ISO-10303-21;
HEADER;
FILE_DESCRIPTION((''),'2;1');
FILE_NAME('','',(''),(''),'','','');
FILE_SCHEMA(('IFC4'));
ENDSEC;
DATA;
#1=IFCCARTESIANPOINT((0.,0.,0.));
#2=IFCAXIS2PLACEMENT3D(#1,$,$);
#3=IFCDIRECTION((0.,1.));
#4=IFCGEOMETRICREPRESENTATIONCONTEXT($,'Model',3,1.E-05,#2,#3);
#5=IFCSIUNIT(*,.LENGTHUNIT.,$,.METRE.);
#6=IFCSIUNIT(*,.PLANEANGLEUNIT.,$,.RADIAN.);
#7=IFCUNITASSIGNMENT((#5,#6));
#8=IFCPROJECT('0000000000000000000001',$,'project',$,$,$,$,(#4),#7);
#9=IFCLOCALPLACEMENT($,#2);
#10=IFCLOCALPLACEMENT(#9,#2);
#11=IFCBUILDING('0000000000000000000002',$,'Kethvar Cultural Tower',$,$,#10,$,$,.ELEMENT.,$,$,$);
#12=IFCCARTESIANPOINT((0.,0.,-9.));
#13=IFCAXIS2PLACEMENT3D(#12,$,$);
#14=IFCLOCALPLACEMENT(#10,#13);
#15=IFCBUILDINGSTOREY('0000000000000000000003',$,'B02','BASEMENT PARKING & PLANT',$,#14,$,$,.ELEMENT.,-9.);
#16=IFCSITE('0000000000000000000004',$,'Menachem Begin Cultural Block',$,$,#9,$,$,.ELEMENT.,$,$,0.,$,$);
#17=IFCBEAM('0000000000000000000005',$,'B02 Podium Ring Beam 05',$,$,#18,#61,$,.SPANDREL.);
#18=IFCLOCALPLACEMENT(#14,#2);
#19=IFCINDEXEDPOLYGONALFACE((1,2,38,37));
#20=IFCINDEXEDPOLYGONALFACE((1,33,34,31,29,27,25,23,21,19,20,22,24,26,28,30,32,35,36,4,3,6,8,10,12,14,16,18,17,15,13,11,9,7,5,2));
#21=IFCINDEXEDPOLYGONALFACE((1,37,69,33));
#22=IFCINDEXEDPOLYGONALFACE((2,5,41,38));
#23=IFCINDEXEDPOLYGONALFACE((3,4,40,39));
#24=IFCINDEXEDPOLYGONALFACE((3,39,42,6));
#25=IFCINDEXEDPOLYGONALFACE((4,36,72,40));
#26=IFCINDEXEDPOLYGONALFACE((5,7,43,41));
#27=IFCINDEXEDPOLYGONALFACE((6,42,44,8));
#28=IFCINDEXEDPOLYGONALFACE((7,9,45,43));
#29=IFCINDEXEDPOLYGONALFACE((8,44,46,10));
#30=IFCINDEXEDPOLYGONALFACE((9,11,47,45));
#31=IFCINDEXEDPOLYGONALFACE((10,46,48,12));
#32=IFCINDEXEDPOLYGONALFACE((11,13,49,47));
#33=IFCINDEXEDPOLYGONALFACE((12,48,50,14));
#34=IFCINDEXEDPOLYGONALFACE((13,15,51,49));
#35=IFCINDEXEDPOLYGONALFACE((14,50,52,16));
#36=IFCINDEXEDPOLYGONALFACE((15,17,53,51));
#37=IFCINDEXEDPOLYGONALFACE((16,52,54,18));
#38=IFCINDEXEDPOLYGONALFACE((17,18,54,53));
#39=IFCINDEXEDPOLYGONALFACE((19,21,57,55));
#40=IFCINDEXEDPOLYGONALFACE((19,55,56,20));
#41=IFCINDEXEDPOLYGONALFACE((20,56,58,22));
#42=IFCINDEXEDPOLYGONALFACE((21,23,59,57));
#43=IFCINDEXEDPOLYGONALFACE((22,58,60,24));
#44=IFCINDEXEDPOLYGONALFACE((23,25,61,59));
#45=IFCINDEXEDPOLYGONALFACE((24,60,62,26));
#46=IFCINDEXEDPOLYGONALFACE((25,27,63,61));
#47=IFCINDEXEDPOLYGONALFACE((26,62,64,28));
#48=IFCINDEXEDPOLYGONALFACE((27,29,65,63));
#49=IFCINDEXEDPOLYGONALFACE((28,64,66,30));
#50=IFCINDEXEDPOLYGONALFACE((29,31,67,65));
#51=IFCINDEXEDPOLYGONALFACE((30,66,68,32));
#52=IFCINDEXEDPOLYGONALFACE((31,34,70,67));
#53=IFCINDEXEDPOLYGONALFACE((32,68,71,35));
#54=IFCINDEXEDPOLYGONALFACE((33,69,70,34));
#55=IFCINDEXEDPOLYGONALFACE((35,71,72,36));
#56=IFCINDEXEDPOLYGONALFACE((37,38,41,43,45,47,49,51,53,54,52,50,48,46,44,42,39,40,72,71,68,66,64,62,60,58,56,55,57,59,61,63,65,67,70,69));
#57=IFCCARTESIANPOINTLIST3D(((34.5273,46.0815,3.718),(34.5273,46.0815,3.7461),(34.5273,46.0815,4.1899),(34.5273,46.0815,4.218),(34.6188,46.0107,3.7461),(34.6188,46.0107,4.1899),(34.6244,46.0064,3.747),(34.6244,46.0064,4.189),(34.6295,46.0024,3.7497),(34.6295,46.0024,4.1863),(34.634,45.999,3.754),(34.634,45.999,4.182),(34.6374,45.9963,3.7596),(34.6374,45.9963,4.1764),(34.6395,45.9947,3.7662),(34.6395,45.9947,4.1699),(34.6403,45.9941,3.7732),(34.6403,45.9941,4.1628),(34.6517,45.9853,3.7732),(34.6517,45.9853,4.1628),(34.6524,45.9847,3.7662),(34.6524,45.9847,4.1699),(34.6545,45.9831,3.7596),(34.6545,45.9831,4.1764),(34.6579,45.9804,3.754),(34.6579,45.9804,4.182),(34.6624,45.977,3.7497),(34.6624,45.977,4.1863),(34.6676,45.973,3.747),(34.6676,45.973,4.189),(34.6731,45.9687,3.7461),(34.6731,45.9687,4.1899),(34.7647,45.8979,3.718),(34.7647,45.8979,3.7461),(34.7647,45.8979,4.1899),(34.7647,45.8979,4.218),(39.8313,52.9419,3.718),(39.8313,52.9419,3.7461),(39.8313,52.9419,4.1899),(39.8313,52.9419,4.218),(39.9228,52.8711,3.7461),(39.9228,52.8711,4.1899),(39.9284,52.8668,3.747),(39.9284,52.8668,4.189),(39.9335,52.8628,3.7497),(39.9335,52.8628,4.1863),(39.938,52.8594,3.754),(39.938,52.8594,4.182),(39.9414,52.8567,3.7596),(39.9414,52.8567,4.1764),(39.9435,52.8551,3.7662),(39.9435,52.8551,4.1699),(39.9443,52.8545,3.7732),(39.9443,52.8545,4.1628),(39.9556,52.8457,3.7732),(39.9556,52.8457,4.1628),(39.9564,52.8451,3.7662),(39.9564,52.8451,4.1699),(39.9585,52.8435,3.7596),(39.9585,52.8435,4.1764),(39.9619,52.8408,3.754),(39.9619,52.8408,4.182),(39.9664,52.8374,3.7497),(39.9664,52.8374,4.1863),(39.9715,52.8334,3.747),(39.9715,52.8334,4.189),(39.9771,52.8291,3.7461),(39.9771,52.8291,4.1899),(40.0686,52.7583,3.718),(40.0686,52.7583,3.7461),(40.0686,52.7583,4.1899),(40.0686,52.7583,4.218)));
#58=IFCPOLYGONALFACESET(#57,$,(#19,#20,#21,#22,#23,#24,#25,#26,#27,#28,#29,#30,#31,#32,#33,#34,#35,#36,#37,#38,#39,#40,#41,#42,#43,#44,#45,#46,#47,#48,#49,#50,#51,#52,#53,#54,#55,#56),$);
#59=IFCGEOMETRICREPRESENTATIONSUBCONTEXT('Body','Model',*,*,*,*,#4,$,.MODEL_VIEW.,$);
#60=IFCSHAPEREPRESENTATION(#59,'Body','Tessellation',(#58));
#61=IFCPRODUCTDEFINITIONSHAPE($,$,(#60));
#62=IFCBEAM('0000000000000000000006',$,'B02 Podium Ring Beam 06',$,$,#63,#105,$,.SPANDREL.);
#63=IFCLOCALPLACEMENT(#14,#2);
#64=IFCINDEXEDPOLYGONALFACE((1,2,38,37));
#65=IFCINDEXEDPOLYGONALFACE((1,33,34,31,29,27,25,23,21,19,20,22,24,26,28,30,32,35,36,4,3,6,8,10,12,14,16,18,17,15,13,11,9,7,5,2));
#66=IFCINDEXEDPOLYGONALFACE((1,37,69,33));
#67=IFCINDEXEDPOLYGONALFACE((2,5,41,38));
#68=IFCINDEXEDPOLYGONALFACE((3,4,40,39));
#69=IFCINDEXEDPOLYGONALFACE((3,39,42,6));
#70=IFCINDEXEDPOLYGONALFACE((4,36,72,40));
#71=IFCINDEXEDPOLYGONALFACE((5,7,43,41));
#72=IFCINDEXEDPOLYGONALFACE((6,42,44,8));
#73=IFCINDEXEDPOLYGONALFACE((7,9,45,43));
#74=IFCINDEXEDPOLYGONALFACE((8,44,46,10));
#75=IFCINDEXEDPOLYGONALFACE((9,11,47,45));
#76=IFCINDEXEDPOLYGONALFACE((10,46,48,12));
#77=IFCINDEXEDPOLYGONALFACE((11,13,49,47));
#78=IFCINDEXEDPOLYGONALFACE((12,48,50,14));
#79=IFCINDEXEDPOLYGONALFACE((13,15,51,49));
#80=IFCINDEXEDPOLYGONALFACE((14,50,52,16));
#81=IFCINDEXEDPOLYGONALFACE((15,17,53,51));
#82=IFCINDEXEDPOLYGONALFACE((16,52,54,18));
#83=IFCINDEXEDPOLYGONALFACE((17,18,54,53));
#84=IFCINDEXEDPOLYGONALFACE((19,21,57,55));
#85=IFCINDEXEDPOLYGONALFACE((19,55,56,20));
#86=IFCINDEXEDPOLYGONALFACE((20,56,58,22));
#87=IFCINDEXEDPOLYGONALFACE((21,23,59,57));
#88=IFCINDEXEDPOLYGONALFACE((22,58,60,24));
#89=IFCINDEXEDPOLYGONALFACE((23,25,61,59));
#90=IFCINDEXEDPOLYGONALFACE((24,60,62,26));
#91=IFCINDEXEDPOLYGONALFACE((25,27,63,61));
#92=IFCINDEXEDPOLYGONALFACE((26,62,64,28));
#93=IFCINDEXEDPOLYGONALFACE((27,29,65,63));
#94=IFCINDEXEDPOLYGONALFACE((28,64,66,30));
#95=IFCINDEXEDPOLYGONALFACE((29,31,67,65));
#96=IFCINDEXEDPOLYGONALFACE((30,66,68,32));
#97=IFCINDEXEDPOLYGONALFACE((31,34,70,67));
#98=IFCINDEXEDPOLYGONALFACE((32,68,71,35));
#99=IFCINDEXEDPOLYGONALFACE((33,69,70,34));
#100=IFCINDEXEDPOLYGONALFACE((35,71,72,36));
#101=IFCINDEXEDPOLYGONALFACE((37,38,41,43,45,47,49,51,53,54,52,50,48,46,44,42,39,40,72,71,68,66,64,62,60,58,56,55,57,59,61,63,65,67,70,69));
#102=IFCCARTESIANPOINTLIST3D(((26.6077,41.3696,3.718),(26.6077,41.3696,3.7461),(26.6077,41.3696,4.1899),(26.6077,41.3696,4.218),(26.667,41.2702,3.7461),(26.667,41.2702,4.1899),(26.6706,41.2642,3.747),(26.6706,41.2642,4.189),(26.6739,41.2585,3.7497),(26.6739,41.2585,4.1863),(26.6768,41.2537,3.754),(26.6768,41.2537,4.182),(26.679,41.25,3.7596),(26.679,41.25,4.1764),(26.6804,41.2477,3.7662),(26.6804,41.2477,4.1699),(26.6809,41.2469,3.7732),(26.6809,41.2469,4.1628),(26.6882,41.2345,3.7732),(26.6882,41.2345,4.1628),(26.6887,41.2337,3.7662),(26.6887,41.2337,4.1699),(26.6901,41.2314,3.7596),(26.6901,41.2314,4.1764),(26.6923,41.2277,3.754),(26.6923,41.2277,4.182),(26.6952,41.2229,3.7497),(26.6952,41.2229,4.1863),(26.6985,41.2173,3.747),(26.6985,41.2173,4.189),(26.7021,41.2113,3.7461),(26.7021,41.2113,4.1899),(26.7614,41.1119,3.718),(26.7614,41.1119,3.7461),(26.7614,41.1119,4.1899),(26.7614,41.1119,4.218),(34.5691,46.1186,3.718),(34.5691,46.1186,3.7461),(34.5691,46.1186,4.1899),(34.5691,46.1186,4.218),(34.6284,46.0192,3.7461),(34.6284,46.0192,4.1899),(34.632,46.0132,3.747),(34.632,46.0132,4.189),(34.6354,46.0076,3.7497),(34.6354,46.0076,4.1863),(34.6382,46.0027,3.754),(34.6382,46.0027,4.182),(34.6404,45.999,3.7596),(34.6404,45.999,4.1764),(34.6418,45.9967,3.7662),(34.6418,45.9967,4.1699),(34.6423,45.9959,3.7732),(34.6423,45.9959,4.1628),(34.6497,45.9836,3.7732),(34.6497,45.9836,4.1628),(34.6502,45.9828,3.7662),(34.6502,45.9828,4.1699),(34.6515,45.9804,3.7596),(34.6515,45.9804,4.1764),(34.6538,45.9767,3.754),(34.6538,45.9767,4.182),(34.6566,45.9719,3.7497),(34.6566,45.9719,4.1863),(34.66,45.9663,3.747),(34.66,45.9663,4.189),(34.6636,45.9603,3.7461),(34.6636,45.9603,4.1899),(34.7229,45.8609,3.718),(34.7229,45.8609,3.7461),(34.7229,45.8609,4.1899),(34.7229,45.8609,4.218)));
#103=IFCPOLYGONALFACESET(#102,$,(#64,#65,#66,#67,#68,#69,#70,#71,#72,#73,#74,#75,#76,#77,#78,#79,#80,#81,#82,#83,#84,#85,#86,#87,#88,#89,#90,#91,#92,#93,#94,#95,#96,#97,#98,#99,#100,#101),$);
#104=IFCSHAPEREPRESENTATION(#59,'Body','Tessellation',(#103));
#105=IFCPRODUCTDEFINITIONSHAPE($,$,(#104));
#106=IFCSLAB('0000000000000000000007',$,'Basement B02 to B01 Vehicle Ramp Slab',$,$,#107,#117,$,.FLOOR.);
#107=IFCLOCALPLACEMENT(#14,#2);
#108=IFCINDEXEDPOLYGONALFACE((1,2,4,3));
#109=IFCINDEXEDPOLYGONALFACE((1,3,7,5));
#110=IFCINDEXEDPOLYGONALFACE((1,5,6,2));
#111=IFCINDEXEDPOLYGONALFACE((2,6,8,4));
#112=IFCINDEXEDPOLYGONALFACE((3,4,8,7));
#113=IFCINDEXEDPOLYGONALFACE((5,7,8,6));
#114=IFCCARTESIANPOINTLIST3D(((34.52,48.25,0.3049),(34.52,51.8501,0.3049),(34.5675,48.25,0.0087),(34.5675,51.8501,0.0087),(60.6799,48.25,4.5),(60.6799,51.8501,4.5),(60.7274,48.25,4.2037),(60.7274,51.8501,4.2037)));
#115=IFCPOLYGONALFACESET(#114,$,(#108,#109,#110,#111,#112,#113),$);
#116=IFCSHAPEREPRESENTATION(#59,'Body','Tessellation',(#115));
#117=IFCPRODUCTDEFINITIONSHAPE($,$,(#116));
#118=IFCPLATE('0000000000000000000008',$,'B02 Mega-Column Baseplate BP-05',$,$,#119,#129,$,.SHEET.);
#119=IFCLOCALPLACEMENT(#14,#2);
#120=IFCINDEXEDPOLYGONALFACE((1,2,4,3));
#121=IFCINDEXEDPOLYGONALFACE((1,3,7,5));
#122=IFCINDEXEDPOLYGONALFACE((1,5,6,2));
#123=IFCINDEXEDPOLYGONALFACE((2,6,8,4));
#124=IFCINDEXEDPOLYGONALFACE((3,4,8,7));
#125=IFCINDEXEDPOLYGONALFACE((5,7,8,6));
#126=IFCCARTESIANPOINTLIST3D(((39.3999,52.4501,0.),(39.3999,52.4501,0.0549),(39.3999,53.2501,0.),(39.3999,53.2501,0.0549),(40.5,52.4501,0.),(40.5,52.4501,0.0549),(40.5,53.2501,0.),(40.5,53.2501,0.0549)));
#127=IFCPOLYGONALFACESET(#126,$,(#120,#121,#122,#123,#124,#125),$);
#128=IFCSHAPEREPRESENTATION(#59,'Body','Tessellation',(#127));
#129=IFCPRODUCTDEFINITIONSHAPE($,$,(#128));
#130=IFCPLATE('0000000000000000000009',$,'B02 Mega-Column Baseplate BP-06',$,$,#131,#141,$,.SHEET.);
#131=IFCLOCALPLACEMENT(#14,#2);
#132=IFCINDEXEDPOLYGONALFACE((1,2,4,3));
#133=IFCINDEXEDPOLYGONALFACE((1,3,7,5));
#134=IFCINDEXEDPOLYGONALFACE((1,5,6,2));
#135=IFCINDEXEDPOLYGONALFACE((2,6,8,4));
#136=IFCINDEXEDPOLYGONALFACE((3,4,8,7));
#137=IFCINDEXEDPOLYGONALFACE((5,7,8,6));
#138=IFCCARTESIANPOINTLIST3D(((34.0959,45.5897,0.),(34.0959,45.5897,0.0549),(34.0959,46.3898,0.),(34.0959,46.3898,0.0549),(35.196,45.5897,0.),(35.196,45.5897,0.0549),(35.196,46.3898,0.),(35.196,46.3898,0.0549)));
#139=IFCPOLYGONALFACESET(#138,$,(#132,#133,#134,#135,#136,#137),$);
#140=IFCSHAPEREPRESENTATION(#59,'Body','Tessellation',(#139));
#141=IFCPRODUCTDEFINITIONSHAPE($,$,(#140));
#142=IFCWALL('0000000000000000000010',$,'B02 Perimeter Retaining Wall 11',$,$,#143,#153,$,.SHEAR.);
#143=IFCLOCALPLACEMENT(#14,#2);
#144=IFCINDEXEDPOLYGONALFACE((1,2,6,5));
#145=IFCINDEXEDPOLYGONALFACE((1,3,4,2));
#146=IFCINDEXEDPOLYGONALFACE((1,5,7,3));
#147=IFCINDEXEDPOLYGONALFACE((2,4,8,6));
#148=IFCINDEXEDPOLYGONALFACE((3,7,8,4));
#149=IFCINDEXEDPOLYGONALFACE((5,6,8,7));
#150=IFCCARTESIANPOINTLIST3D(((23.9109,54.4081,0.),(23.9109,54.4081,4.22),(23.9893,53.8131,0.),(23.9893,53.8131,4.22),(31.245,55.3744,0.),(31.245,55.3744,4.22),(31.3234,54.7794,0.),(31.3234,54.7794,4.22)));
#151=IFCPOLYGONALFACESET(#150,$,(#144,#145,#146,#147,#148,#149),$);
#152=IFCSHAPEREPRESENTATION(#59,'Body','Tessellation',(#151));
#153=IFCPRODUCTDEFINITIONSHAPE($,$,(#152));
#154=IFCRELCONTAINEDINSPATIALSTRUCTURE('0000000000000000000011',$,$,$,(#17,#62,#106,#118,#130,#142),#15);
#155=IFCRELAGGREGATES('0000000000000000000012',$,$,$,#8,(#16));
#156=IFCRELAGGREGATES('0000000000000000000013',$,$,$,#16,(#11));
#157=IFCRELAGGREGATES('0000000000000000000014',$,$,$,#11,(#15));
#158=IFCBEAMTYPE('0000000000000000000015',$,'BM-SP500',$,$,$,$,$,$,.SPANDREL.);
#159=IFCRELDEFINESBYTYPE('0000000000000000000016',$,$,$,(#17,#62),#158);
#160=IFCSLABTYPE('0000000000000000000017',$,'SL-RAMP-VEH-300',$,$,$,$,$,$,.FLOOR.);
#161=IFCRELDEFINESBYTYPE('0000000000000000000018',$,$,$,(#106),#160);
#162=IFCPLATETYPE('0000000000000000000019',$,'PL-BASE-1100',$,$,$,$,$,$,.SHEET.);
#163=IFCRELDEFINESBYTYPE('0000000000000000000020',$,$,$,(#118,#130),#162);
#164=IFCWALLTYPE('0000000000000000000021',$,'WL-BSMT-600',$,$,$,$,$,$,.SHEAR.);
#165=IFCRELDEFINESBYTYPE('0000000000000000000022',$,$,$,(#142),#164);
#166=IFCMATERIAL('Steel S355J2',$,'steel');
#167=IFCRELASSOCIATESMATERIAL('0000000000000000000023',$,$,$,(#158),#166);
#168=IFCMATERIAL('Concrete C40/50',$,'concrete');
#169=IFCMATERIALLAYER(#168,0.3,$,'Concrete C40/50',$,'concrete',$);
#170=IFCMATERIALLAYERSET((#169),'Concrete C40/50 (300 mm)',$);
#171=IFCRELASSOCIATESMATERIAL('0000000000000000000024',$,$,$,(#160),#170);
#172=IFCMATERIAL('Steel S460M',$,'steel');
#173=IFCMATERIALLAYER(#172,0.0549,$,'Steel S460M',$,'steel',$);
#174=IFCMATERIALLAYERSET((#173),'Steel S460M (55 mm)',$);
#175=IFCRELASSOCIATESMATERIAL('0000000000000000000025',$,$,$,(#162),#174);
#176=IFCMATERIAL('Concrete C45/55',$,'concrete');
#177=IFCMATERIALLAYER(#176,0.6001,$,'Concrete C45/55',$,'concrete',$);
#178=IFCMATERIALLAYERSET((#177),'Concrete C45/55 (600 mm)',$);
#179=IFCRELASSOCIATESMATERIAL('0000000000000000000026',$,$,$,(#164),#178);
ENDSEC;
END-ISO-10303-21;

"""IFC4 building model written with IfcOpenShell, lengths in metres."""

from ifc_helpers import new_model, si_unit, direction, frame, frame_2d, origin, origin_2d, place, context, subcontext, project, spatial, polyline, rectangle, i_section, outline, extrude, source, transform, mapped, material, layer, layer_set, material_profile, profile_set, type_object, element, save


model = new_model("IFC4")

# Units and contexts
model_context = context("Model", 3, precision=1e-05, world=origin(), true_north=direction((0.0, 1.0)))
body_context = subcontext(model_context, "Body", "Model", "MODEL_VIEW")
ifc_project = project(units=[si_unit("LENGTHUNIT", "METRE"), si_unit("PLANEANGLEUNIT", "RADIAN")], contexts=[model_context])

# Site, building, storey
site_placement = place(None, origin())
site = spatial("IfcSite", under=ifc_project, at=site_placement, Name="Menachem Begin Cultural Block", CompositionType="ELEMENT", RefElevation=0.0)
building_placement = place(site_placement, origin())
building = spatial("IfcBuilding", under=site, at=building_placement, Name="Kethvar Cultural Tower", CompositionType="ELEMENT")
storey_placement = place(building_placement, frame((0.0, 0.0, -9.0)))
storey = spatial("IfcBuildingStorey", under=building, at=storey_placement, Name="B02", Description="BASEMENT PARKING & PLANT", CompositionType="ELEMENT", Elevation=-9.0)

# Shared definitions
ifc_material_1 = material(Name="Concrete C45/55", Category="concrete")

# Shared definitions
ifc_material_2 = material(Name="Steel S460M", Category="steel")

# Beams
ifc_material_3 = material(Name="Steel S355J2", Category="steel")
ifc_material_profile_1 = material_profile(ifc_material_3, i_section(OverallWidth=0.3, OverallDepth=0.5, WebThickness=0.0144, FlangeThickness=0.0281, FilletRadius=0.0271, at=origin_2d()), Name="Steel S355J2 — HEB500")
ifc_profile_set_1 = profile_set([ifc_material_profile_1], Name="Steel S355J2 — HEB500")
beam_type = type_object("IfcBeamType", Name="BM-SP500", PredefinedType="SPANDREL", material=ifc_profile_set_1)
shared_shape_1 = source(origin(), body_context, "Body", "SweptSolid", [
    extrude(i_section(OverallWidth=0.3, OverallDepth=0.5, WebThickness=0.0144, FlangeThickness=0.0281, FilletRadius=0.0271, at=origin_2d()), origin(), (0.0, 0.0, 1.0), 8.6716),
])
beam_1_placement = place(storey_placement, frame((39.95, 52.8501, 3.968), z_axis=(-0.611648, -0.79113, 0.0), x_axis=(0.79113, -0.611648, 0.0)))
element("IfcBeam", 1, at=beam_1_placement, inside=storey, type_object=beam_type, Name="B02 Podium Ring Beam 05", PredefinedType="SPANDREL", context=body_context, shape_type="MappedRepresentation", body=[
    mapped(shared_shape_1, transform((0.0, 0.0, 0.0), scale=1.0)),
])
shared_shape_2 = source(origin(), body_context, "Body", "SweptSolid", [
    extrude(i_section(OverallWidth=0.3, OverallDepth=0.5, WebThickness=0.0144, FlangeThickness=0.0281, FilletRadius=0.0271, at=origin_2d()), origin(), (0.0, 0.0, 1.0), 9.2703),
])
beam_2_placement = place(storey_placement, frame((34.646, 45.9897, 3.968), z_axis=(-0.858815, -0.512286, 0.0), x_axis=(0.512286, -0.858815, 0.0)))
element("IfcBeam", 2, at=beam_2_placement, inside=storey, type_object=beam_type, Name="B02 Podium Ring Beam 06", PredefinedType="SPANDREL", context=body_context, shape_type="MappedRepresentation", body=[
    mapped(shared_shape_2, transform((0.0, 0.0, 0.0), scale=1.0)),
])

# Slab
ifc_material_4 = material(Name="Concrete C40/50", Category="concrete")
ifc_layer_1 = layer(ifc_material_4, 0.3, Name="Concrete C40/50", Category="concrete")
ifc_layer_set_1 = layer_set([ifc_layer_1], Name="Concrete C40/50 (300 mm)")
slab_type = type_object("IfcSlabType", Name="SL-RAMP-VEH-300", PredefinedType="FLOOR", material=ifc_layer_set_1)
slab_placement = place(storey_placement, frame((34.52, 48.25, 0.3049), z_axis=(-0.158339, 0.0, 0.987385), x_axis=(0.987385, 0.0, 0.158339)))
element("IfcSlab", 3, at=slab_placement, inside=storey, type_object=slab_type, Name="Basement B02 to B01 Vehicle Ramp Slab", PredefinedType="FLOOR", context=body_context, shape_type="SweptSolid", body=[
    extrude(outline(polyline([(0.0, 0.0), (26.4941, 0.0), (26.4941, 3.6001), (0.0, 3.6001), (0.0, 0.0)])), origin(), (0.0, 0.0, -1.0), 0.3),
])

# Plates
ifc_layer_2 = layer(ifc_material_2, 0.0549, Name="Steel S460M", Category="steel")
ifc_layer_set_2 = layer_set([ifc_layer_2], Name="Steel S460M (55 mm)")
plate_type = type_object("IfcPlateType", Name="PL-BASE-1100", PredefinedType="SHEET", material=ifc_layer_set_2)
shared_shape_3 = source(origin(), body_context, "Body", "SweptSolid", [
    extrude(rectangle(XDim=1.1001, YDim=0.8, at=origin_2d()), origin(), (0.0, 0.0, 1.0), 0.0549),
])
for number, where, z_axis, x_axis, name in (
    (4, (39.95, 52.8501, 0.0), (0.0, 0.0, 1.0), (1.0, 0.0, 0.0), "B02 Mega-Column Baseplate BP-05"),
    (5, (34.646, 45.9897, 0.0), (0.0, 0.0, 1.0), (1.0, 0.0, 0.0), "B02 Mega-Column Baseplate BP-06"),
):
    element("IfcPlate", number, at=place(storey_placement, frame(where, z_axis=z_axis, x_axis=x_axis)), inside=storey, type_object=plate_type, Name=name, PredefinedType="SHEET", context=body_context, shape_type="MappedRepresentation", body=[
        mapped(shared_shape_3, transform((0.0, 0.0, 0.0), scale=1.0)),
    ])

# Wall
ifc_layer_3 = layer(ifc_material_1, 0.6001, Name="Concrete C45/55", Category="concrete")
ifc_layer_set_3 = layer_set([ifc_layer_3], Name="Concrete C45/55 (600 mm)")
wall_type_1 = type_object("IfcWallType", Name="WL-BSMT-600", PredefinedType="SHEAR", material=ifc_layer_set_3)
wall_1_placement = place(storey_placement, frame((31.2842, 55.0769, 0.0), z_axis=(0.0, 0.0, 1.0), x_axis=(-0.991431, -0.130629, 0.0)))
element("IfcWall", 6, at=wall_1_placement, inside=storey, type_object=wall_type_1, Name="B02 Perimeter Retaining Wall 11", PredefinedType="SHEAR", context=body_context, shape_type="SweptSolid", body=[
    extrude(rectangle(XDim=7.3975, YDim=0.6001, at=frame_2d((3.6987, 0.0))), origin(), (0.0, 0.0, 1.0), 4.22),
])

save(model, "model.ifc")
